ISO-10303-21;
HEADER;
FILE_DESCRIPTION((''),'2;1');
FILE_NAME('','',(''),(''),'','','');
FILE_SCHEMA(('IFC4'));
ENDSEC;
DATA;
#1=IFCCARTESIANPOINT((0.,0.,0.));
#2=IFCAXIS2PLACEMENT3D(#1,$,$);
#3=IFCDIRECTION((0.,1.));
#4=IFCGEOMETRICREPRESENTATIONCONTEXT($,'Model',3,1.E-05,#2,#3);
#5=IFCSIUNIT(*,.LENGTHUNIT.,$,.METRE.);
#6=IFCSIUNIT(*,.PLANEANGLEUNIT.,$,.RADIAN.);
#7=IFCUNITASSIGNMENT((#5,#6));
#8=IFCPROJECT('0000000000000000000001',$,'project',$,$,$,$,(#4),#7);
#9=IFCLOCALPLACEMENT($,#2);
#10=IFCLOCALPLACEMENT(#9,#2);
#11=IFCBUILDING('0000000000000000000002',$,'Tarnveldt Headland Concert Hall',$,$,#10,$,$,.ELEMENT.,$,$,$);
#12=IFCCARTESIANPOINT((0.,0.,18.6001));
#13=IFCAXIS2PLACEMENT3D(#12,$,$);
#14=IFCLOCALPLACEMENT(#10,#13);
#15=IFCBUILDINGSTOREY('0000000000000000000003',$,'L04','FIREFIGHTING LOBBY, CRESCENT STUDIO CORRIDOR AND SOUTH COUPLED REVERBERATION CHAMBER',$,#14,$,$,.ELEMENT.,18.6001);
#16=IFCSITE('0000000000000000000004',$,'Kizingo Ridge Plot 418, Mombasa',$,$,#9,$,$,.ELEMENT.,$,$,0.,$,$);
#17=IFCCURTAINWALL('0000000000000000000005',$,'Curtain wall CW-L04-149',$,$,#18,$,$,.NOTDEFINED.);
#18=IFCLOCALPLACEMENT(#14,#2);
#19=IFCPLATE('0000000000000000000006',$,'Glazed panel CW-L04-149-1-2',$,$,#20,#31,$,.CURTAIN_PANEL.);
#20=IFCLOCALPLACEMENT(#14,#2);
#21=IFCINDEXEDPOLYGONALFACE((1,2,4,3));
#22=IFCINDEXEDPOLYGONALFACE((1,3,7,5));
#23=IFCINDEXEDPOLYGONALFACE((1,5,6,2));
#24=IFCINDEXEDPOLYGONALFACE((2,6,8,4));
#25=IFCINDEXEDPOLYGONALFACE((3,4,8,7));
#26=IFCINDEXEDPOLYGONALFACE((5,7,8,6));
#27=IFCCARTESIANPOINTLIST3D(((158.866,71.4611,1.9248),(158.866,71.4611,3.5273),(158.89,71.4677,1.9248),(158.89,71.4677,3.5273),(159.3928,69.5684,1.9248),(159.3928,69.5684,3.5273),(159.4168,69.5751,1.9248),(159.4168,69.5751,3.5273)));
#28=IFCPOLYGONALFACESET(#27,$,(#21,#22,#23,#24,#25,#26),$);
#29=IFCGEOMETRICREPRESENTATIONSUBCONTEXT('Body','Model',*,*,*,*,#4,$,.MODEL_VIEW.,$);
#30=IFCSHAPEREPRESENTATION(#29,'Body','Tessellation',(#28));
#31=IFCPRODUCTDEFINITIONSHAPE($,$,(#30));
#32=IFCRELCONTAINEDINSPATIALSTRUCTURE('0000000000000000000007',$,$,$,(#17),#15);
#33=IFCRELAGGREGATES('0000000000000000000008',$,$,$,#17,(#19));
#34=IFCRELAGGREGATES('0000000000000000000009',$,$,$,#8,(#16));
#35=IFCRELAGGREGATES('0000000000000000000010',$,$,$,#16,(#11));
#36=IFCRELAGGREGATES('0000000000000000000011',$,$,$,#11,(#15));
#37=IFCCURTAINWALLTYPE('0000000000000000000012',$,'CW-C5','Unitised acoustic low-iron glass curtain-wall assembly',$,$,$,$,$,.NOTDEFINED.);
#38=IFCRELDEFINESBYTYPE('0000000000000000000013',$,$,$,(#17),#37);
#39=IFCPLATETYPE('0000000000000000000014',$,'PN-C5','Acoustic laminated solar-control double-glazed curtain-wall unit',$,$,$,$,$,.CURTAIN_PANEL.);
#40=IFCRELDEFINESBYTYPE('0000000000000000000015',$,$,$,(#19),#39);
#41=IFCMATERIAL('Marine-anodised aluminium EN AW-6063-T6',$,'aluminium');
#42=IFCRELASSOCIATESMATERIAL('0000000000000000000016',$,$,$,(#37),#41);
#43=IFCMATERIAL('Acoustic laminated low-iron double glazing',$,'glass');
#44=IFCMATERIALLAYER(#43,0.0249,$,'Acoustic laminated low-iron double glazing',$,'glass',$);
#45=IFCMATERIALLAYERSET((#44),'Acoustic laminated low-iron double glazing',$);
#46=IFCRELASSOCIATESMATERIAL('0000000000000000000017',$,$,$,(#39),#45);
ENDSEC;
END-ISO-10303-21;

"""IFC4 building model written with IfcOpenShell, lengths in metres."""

from ifc_helpers import new_model, si_unit, direction, frame, origin, origin_2d, place, context, subcontext, project, spatial, rectangle, extrude, material, layer, layer_set, type_object, element, aggregate, save


model = new_model("IFC4")

# Units and contexts
model_context = context("Model", 3, precision=1e-05, world=origin(), true_north=direction((0.0, 1.0)))
body_context = subcontext(model_context, "Body", "Model", "MODEL_VIEW")
ifc_project = project(units=[si_unit("LENGTHUNIT", "METRE"), si_unit("PLANEANGLEUNIT", "RADIAN")], contexts=[model_context])

# Site, building, storey
site_placement = place(None, origin())
site = spatial("IfcSite", under=ifc_project, at=site_placement, Name="Kizingo Ridge Plot 418, Mombasa", CompositionType="ELEMENT", RefElevation=0.0)
building_placement = place(site_placement, origin())
building = spatial("IfcBuilding", under=site, at=building_placement, Name="Tarnveldt Headland Concert Hall", CompositionType="ELEMENT")
storey_placement = place(building_placement, frame((0.0, 0.0, 18.6001)))
storey = spatial("IfcBuildingStorey", under=building, at=storey_placement, Name="L04", Description="FIREFIGHTING LOBBY, CRESCENT STUDIO CORRIDOR AND SOUTH COUPLED REVERBERATION CHAMBER", CompositionType="ELEMENT", Elevation=18.6001)

# Curtain wall
ifc_material_1 = material(Name="Marine-anodised aluminium EN AW-6063-T6", Category="aluminium")
curtain_wall_type = type_object("IfcCurtainWallType", Name="CW-C5", Description="Unitised acoustic low-iron glass curtain-wall assembly", PredefinedType="NOTDEFINED", material=ifc_material_1)
curtain_wall_1_placement = place(storey_placement, origin())
curtain_wall_1 = element("IfcCurtainWall", 1, at=curtain_wall_1_placement, inside=storey, type_object=curtain_wall_type, Name="Curtain wall CW-L04-149", PredefinedType="NOTDEFINED")

# Plate
ifc_material_2 = material(Name="Acoustic laminated low-iron double glazing", Category="glass")
ifc_layer = layer(ifc_material_2, 0.0249, Name="Acoustic laminated low-iron double glazing", Category="glass")
ifc_layer_set = layer_set([ifc_layer], Name="Acoustic laminated low-iron double glazing")
plate_type = type_object("IfcPlateType", Name="PN-C5", Description="Acoustic laminated solar-control double-glazed curtain-wall unit", PredefinedType="CURTAIN_PANEL", material=ifc_layer_set)
plate_1_placement = place(storey_placement, frame((159.1414, 70.5181, 1.9248), z_axis=(0.0, 0.0, 1.0), x_axis=(-0.268146, 0.963378, 0.0)))
plate_1 = element("IfcPlate", 2, at=plate_1_placement, type_object=plate_type, Name="Glazed panel CW-L04-149-1-2", PredefinedType="CURTAIN_PANEL", context=body_context, shape_type="SweptSolid", body=[
    extrude(rectangle(XDim=1.9646, YDim=0.0249, at=origin_2d()), origin(), (0.0, 0.0, 1.0), 1.6025),
])
aggregate(curtain_wall_1, [plate_1])

save(model, "model.ifc")
